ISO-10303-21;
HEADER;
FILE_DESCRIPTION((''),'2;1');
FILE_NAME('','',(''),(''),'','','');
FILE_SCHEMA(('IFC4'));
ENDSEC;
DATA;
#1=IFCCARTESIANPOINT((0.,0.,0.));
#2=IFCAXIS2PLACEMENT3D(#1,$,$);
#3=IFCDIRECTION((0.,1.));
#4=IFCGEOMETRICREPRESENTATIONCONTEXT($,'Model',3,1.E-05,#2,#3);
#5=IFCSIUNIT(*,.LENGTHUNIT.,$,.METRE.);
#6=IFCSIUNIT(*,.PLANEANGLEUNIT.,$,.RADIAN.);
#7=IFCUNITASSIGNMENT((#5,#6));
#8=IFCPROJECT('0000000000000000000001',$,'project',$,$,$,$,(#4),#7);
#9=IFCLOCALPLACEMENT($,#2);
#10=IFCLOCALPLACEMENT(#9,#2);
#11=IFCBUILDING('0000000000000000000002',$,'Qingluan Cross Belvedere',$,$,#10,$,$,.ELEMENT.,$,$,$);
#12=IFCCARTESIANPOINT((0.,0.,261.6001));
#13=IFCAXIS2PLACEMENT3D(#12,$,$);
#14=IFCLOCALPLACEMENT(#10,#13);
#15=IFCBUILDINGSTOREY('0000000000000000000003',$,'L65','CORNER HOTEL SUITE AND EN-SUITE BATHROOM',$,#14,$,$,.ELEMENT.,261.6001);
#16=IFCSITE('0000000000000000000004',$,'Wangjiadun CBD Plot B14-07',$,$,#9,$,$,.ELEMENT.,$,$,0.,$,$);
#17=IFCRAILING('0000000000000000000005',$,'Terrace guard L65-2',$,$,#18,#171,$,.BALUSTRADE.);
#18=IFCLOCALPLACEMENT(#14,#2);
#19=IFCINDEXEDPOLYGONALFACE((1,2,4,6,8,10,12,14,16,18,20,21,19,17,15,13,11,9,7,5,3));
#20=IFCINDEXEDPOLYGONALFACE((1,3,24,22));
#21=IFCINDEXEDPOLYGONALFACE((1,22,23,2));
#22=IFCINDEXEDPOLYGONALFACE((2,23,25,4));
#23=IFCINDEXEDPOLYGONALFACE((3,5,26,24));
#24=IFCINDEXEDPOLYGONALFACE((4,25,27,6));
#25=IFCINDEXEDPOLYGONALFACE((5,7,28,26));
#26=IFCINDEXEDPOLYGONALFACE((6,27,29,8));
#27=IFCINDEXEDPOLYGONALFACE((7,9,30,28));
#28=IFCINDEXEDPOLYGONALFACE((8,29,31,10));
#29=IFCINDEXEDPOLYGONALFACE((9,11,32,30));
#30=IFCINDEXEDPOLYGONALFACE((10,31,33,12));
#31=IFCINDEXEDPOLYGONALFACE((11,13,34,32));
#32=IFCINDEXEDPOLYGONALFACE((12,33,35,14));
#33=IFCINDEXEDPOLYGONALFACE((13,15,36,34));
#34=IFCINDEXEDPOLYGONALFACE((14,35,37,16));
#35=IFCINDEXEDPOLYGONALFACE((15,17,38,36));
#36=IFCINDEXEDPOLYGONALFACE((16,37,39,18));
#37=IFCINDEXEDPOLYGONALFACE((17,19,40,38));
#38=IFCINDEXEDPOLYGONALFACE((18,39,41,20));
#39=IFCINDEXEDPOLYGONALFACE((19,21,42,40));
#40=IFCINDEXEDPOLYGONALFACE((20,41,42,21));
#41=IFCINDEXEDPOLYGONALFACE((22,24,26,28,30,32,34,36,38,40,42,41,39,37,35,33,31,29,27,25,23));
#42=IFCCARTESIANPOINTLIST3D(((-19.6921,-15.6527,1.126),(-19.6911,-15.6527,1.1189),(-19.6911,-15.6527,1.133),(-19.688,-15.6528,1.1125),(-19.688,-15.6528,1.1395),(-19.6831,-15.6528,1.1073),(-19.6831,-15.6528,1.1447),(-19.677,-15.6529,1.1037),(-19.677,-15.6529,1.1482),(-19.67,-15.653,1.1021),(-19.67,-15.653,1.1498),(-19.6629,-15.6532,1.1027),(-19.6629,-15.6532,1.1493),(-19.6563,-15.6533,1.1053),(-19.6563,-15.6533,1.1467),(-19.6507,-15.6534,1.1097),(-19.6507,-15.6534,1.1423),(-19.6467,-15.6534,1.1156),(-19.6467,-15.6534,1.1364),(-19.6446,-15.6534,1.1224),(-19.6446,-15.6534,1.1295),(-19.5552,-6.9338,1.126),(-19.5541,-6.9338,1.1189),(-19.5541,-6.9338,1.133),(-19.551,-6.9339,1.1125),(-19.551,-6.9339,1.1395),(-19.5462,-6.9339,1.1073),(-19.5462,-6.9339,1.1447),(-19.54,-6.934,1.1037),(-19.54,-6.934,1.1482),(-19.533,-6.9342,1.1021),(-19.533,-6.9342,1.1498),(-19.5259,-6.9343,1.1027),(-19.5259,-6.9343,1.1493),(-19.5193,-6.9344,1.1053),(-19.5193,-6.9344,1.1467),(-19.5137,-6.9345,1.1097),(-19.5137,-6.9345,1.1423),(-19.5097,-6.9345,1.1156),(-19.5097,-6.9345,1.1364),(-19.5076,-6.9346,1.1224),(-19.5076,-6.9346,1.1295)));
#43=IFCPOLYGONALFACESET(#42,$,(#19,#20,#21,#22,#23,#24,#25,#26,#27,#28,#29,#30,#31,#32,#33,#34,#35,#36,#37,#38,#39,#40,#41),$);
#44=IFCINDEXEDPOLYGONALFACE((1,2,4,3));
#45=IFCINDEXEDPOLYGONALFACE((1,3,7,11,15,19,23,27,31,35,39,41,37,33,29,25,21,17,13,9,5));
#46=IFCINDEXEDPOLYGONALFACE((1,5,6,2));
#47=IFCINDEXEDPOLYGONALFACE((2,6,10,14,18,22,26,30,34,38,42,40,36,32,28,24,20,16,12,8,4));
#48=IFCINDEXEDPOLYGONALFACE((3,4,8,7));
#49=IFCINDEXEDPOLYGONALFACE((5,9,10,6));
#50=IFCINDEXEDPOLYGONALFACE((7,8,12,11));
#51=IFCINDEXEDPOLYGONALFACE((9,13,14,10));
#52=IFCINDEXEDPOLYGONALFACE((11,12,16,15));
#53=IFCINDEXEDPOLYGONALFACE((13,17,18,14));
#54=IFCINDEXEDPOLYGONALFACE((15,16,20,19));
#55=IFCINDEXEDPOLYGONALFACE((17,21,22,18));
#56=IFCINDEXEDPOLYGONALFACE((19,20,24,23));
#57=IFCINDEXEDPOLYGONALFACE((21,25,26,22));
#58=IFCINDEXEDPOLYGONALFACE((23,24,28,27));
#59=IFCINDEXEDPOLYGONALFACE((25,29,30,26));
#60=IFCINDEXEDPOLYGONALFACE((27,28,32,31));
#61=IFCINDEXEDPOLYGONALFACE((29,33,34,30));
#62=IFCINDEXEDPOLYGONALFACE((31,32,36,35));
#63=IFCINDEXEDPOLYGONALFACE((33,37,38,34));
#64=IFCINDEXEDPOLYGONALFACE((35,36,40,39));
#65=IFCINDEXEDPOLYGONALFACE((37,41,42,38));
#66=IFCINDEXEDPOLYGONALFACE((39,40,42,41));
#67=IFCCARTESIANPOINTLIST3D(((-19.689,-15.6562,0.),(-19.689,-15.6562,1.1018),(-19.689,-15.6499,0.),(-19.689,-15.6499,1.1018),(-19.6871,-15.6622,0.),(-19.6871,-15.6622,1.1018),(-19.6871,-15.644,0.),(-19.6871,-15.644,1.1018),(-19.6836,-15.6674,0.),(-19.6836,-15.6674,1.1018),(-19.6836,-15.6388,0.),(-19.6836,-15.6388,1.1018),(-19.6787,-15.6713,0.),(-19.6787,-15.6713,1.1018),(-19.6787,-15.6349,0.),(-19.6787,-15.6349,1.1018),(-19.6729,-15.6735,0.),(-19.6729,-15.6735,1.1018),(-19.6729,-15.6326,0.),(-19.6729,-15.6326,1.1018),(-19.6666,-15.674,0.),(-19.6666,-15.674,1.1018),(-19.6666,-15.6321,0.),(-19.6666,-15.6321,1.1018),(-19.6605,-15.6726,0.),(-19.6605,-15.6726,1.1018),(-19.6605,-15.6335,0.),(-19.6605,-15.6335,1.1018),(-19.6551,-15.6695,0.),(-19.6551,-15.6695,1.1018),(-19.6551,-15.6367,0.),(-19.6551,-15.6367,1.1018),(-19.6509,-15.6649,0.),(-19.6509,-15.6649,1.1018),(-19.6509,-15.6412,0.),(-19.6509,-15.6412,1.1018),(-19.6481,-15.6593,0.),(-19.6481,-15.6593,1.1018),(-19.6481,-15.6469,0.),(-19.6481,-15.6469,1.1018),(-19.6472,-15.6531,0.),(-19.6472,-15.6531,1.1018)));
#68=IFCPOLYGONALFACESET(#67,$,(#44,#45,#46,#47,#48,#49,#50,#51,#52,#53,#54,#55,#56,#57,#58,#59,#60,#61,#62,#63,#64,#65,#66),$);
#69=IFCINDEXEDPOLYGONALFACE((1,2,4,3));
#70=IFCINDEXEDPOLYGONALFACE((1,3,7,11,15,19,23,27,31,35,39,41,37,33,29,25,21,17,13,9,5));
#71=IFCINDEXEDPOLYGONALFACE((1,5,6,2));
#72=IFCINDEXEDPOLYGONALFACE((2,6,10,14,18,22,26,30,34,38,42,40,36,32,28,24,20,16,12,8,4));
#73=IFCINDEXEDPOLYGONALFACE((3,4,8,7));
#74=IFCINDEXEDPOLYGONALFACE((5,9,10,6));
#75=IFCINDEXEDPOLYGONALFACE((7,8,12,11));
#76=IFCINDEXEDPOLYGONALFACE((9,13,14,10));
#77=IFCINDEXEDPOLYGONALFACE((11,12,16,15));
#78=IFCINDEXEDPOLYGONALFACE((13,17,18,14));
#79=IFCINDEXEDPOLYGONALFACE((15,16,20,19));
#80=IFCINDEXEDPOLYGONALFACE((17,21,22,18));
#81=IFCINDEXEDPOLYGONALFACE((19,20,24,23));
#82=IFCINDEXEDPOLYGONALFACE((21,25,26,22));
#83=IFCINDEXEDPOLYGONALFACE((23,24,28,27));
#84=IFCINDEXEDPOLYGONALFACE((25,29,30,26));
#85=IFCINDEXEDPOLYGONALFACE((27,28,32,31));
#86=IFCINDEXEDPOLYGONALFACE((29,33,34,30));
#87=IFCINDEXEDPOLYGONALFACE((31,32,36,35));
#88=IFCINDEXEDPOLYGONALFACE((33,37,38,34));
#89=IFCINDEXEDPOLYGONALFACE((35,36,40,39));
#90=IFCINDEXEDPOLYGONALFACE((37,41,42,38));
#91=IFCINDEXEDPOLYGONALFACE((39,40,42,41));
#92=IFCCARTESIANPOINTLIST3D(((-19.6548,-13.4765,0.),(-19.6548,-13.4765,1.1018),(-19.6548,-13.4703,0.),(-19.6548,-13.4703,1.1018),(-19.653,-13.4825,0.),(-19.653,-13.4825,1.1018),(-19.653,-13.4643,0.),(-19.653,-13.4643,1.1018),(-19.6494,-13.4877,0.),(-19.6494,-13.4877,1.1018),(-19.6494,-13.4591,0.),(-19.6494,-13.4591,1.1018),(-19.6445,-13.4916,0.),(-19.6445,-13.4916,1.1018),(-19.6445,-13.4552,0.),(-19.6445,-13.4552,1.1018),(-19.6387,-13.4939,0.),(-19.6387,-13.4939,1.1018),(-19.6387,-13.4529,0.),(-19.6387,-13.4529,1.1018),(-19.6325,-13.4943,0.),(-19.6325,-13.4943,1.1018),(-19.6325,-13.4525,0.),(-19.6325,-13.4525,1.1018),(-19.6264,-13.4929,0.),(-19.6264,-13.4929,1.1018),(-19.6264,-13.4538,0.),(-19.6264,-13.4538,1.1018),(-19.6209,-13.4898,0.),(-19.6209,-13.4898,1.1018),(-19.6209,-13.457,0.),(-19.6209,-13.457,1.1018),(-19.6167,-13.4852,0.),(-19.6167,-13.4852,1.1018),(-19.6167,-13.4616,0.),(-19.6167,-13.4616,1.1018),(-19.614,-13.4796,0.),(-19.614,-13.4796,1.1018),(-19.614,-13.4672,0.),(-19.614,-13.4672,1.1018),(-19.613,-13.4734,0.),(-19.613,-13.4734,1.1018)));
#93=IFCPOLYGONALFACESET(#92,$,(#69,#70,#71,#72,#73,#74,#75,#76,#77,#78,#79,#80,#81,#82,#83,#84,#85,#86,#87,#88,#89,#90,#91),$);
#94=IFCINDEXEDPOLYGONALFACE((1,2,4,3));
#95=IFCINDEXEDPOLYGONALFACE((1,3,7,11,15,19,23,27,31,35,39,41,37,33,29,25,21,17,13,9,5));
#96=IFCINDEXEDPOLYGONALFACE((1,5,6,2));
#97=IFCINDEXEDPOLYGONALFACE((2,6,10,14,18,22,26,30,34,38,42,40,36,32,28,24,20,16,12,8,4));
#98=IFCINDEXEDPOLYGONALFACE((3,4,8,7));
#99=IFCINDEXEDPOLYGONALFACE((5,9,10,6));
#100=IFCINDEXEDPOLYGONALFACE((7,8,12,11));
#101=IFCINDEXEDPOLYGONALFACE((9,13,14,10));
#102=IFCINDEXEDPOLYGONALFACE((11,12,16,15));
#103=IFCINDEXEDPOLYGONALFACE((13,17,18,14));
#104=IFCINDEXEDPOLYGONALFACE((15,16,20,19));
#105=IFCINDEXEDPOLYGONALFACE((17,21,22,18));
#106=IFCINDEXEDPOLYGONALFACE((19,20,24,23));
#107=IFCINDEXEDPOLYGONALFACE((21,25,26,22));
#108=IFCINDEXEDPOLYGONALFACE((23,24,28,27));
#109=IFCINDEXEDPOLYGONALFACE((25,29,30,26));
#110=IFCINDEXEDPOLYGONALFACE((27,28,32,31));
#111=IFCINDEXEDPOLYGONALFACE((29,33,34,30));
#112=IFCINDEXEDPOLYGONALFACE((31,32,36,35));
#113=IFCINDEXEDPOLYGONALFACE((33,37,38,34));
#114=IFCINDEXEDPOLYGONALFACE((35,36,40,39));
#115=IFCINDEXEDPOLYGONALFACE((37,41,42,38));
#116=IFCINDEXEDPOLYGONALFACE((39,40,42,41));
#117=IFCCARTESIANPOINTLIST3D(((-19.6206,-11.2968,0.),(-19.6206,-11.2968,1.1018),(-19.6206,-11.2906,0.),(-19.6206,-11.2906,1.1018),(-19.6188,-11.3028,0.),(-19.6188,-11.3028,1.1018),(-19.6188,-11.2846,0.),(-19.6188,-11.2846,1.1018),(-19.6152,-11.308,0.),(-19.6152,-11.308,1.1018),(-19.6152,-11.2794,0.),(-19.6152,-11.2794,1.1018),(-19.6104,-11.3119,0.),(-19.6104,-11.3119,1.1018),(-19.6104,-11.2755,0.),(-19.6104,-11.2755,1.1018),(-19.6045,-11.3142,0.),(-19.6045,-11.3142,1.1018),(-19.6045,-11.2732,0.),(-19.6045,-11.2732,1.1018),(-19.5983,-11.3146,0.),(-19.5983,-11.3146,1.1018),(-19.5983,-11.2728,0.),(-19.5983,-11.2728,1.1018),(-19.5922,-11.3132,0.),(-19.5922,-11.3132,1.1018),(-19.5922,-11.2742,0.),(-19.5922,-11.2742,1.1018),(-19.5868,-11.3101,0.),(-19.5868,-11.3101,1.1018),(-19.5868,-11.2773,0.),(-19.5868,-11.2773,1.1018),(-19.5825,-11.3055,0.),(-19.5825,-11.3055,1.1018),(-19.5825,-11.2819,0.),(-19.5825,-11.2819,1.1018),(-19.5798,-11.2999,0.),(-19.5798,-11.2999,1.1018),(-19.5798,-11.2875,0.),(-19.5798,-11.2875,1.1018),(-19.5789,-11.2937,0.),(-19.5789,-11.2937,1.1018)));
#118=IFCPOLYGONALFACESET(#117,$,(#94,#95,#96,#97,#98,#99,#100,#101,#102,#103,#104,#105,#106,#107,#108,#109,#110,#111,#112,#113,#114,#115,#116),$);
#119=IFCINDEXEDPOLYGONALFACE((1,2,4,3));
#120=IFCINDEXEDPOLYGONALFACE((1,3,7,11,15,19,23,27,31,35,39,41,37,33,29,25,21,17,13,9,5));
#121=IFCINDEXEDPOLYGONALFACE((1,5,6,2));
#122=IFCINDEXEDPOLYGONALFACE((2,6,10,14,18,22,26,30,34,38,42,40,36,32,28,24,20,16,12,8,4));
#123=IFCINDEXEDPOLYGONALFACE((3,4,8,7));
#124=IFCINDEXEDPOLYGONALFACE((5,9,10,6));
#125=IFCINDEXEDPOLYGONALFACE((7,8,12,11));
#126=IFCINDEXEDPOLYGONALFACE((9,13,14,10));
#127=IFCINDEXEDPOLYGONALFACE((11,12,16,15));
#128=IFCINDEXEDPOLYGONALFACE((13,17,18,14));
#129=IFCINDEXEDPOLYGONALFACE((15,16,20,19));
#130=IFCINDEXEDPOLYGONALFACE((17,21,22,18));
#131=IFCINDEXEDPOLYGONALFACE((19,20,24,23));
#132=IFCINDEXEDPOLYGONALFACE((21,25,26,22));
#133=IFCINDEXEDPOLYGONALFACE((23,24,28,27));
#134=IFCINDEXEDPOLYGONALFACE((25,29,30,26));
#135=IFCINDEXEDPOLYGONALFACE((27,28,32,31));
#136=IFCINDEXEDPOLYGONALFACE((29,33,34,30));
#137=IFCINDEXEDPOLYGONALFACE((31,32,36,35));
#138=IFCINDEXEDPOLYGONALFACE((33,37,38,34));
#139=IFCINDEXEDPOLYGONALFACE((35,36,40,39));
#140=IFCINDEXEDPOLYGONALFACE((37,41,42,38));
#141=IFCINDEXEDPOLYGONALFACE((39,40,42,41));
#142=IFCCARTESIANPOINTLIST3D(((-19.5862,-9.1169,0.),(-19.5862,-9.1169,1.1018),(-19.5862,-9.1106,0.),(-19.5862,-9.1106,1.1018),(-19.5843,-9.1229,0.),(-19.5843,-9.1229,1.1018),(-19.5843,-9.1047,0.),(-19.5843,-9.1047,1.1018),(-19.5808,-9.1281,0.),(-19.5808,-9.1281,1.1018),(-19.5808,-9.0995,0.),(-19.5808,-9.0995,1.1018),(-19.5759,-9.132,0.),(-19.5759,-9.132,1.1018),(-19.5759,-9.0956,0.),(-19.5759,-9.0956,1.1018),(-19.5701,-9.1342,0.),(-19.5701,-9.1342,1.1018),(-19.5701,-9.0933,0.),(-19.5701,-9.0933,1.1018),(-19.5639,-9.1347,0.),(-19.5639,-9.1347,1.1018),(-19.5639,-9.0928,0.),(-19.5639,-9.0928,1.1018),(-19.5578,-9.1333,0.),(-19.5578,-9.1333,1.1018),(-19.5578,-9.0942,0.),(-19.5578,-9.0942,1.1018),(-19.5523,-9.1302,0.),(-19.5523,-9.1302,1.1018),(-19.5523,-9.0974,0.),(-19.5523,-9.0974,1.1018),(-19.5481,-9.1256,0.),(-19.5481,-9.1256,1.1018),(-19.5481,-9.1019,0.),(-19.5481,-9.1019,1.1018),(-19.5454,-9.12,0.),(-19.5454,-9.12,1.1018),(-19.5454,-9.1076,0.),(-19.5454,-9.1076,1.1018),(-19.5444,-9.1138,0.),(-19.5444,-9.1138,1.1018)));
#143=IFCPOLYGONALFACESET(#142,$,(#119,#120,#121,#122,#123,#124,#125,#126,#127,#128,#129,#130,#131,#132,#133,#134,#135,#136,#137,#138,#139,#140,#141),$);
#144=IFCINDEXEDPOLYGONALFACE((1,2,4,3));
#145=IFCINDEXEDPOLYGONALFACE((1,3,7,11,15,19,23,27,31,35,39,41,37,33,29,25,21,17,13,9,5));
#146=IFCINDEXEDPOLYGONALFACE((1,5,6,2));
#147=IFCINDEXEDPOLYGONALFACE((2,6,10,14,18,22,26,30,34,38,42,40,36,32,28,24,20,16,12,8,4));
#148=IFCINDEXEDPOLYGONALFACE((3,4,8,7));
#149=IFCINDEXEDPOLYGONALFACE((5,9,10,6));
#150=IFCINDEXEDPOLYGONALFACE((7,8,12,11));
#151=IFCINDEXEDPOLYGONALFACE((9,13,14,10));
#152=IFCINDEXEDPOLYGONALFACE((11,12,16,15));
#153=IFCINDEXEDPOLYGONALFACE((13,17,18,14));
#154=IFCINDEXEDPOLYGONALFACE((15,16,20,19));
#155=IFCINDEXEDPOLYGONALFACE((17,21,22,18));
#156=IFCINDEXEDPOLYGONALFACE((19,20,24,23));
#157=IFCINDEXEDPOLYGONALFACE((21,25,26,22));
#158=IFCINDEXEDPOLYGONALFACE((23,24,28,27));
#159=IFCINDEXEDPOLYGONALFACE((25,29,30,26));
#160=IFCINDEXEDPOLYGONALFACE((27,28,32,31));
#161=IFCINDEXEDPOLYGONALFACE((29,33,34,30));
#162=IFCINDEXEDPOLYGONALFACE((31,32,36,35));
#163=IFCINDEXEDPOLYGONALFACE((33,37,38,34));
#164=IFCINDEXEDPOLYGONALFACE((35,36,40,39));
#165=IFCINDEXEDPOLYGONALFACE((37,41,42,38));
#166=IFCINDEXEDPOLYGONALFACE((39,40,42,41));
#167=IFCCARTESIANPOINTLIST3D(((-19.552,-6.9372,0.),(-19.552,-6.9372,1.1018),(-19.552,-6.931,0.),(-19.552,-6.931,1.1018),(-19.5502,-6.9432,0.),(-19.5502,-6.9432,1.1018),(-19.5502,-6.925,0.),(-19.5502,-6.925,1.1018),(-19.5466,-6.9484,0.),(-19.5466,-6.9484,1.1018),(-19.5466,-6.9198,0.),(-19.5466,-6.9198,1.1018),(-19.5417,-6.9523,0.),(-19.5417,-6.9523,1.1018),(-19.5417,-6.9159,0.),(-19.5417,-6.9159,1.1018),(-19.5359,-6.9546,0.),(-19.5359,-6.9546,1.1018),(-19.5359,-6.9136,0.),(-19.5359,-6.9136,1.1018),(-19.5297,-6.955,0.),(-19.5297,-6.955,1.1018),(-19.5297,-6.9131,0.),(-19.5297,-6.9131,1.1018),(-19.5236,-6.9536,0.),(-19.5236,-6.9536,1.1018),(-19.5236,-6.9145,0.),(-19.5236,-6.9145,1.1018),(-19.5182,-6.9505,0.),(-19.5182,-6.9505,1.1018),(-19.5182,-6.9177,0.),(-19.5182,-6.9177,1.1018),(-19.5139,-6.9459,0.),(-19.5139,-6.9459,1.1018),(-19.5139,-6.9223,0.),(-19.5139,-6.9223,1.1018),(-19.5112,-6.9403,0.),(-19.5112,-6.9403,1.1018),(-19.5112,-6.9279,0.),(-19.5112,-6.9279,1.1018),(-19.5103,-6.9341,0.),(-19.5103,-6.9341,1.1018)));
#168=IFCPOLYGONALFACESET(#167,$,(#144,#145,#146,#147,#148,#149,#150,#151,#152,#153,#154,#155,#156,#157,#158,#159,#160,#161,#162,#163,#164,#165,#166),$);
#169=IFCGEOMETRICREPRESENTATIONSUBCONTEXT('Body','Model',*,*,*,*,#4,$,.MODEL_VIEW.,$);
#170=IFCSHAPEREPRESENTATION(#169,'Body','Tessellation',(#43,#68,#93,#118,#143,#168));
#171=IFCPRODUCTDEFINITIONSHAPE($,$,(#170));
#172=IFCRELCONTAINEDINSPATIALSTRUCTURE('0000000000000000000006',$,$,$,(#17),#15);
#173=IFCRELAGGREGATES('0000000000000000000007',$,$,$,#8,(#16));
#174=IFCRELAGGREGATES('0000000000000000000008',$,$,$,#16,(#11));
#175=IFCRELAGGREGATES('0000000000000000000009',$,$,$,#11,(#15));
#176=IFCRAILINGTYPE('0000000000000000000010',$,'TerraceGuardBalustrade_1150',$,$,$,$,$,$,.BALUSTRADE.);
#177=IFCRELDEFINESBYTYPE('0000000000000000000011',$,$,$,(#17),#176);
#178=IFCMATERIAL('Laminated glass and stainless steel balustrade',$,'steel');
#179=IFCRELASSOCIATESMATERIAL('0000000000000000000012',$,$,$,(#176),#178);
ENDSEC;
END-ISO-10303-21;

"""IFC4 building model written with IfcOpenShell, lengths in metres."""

from ifc_helpers import new_model, si_unit, direction, frame, origin, origin_2d, place, context, subcontext, project, spatial, circle, extrude, material, type_object, element, save


model = new_model("IFC4")

# Units and contexts
model_context = context("Model", 3, precision=1e-05, world=origin(), true_north=direction((0.0, 1.0)))
body_context = subcontext(model_context, "Body", "Model", "MODEL_VIEW")
ifc_project = project(units=[si_unit("LENGTHUNIT", "METRE"), si_unit("PLANEANGLEUNIT", "RADIAN")], contexts=[model_context])

# Site, building, storey
site_placement = place(None, origin())
site = spatial("IfcSite", under=ifc_project, at=site_placement, Name="Wangjiadun CBD Plot B14-07", CompositionType="ELEMENT", RefElevation=0.0)
building_placement = place(site_placement, origin())
building = spatial("IfcBuilding", under=site, at=building_placement, Name="Qingluan Cross Belvedere", CompositionType="ELEMENT")
storey_placement = place(building_placement, frame((0.0, 0.0, 261.6001)))
storey = spatial("IfcBuildingStorey", under=building, at=storey_placement, Name="L65", Description="CORNER HOTEL SUITE AND EN-SUITE BATHROOM", CompositionType="ELEMENT", Elevation=261.6001)

# Railing
ifc_material_1 = material(Name="Laminated glass and stainless steel balustrade", Category="steel")
railing_type = type_object("IfcRailingType", Name="TerraceGuardBalustrade_1150", PredefinedType="BALUSTRADE", material=ifc_material_1)
railing_1_placement = place(storey_placement, frame((-19.6682, -15.6531, 0.0)))
element("IfcRailing", 1, at=railing_1_placement, inside=storey, type_object=railing_type, Name="Terrace guard L65-2", PredefinedType="BALUSTRADE", context=body_context, shape_type="SweptSolid", body=[
    extrude(circle(Radius=0.0239, at=origin_2d()), frame((0.0, 0.0, 1.126), z_axis=(0.015707, 0.999877, 0.0), x_axis=(-0.999877, 0.015707, 0.0)), (0.0, 0.0, 1.0), 8.72),
    extrude(circle(Radius=0.021, at=origin_2d()), origin(), (0.0, 0.0, 1.0), 1.1018),
    extrude(circle(Radius=0.021, at=origin_2d()), frame((0.0342, 2.1797, 0.0)), (0.0, 0.0, 1.0), 1.1018),
    extrude(circle(Radius=0.021, at=origin_2d()), frame((0.0684, 4.3594, 0.0)), (0.0, 0.0, 1.0), 1.1018),
    extrude(circle(Radius=0.021, at=origin_2d()), frame((0.1028, 6.5393, 0.0)), (0.0, 0.0, 1.0), 1.1018),
    extrude(circle(Radius=0.021, at=origin_2d()), frame((0.137, 8.719, 0.0)), (0.0, 0.0, 1.0), 1.1018),
])

save(model, "model.ifc")
